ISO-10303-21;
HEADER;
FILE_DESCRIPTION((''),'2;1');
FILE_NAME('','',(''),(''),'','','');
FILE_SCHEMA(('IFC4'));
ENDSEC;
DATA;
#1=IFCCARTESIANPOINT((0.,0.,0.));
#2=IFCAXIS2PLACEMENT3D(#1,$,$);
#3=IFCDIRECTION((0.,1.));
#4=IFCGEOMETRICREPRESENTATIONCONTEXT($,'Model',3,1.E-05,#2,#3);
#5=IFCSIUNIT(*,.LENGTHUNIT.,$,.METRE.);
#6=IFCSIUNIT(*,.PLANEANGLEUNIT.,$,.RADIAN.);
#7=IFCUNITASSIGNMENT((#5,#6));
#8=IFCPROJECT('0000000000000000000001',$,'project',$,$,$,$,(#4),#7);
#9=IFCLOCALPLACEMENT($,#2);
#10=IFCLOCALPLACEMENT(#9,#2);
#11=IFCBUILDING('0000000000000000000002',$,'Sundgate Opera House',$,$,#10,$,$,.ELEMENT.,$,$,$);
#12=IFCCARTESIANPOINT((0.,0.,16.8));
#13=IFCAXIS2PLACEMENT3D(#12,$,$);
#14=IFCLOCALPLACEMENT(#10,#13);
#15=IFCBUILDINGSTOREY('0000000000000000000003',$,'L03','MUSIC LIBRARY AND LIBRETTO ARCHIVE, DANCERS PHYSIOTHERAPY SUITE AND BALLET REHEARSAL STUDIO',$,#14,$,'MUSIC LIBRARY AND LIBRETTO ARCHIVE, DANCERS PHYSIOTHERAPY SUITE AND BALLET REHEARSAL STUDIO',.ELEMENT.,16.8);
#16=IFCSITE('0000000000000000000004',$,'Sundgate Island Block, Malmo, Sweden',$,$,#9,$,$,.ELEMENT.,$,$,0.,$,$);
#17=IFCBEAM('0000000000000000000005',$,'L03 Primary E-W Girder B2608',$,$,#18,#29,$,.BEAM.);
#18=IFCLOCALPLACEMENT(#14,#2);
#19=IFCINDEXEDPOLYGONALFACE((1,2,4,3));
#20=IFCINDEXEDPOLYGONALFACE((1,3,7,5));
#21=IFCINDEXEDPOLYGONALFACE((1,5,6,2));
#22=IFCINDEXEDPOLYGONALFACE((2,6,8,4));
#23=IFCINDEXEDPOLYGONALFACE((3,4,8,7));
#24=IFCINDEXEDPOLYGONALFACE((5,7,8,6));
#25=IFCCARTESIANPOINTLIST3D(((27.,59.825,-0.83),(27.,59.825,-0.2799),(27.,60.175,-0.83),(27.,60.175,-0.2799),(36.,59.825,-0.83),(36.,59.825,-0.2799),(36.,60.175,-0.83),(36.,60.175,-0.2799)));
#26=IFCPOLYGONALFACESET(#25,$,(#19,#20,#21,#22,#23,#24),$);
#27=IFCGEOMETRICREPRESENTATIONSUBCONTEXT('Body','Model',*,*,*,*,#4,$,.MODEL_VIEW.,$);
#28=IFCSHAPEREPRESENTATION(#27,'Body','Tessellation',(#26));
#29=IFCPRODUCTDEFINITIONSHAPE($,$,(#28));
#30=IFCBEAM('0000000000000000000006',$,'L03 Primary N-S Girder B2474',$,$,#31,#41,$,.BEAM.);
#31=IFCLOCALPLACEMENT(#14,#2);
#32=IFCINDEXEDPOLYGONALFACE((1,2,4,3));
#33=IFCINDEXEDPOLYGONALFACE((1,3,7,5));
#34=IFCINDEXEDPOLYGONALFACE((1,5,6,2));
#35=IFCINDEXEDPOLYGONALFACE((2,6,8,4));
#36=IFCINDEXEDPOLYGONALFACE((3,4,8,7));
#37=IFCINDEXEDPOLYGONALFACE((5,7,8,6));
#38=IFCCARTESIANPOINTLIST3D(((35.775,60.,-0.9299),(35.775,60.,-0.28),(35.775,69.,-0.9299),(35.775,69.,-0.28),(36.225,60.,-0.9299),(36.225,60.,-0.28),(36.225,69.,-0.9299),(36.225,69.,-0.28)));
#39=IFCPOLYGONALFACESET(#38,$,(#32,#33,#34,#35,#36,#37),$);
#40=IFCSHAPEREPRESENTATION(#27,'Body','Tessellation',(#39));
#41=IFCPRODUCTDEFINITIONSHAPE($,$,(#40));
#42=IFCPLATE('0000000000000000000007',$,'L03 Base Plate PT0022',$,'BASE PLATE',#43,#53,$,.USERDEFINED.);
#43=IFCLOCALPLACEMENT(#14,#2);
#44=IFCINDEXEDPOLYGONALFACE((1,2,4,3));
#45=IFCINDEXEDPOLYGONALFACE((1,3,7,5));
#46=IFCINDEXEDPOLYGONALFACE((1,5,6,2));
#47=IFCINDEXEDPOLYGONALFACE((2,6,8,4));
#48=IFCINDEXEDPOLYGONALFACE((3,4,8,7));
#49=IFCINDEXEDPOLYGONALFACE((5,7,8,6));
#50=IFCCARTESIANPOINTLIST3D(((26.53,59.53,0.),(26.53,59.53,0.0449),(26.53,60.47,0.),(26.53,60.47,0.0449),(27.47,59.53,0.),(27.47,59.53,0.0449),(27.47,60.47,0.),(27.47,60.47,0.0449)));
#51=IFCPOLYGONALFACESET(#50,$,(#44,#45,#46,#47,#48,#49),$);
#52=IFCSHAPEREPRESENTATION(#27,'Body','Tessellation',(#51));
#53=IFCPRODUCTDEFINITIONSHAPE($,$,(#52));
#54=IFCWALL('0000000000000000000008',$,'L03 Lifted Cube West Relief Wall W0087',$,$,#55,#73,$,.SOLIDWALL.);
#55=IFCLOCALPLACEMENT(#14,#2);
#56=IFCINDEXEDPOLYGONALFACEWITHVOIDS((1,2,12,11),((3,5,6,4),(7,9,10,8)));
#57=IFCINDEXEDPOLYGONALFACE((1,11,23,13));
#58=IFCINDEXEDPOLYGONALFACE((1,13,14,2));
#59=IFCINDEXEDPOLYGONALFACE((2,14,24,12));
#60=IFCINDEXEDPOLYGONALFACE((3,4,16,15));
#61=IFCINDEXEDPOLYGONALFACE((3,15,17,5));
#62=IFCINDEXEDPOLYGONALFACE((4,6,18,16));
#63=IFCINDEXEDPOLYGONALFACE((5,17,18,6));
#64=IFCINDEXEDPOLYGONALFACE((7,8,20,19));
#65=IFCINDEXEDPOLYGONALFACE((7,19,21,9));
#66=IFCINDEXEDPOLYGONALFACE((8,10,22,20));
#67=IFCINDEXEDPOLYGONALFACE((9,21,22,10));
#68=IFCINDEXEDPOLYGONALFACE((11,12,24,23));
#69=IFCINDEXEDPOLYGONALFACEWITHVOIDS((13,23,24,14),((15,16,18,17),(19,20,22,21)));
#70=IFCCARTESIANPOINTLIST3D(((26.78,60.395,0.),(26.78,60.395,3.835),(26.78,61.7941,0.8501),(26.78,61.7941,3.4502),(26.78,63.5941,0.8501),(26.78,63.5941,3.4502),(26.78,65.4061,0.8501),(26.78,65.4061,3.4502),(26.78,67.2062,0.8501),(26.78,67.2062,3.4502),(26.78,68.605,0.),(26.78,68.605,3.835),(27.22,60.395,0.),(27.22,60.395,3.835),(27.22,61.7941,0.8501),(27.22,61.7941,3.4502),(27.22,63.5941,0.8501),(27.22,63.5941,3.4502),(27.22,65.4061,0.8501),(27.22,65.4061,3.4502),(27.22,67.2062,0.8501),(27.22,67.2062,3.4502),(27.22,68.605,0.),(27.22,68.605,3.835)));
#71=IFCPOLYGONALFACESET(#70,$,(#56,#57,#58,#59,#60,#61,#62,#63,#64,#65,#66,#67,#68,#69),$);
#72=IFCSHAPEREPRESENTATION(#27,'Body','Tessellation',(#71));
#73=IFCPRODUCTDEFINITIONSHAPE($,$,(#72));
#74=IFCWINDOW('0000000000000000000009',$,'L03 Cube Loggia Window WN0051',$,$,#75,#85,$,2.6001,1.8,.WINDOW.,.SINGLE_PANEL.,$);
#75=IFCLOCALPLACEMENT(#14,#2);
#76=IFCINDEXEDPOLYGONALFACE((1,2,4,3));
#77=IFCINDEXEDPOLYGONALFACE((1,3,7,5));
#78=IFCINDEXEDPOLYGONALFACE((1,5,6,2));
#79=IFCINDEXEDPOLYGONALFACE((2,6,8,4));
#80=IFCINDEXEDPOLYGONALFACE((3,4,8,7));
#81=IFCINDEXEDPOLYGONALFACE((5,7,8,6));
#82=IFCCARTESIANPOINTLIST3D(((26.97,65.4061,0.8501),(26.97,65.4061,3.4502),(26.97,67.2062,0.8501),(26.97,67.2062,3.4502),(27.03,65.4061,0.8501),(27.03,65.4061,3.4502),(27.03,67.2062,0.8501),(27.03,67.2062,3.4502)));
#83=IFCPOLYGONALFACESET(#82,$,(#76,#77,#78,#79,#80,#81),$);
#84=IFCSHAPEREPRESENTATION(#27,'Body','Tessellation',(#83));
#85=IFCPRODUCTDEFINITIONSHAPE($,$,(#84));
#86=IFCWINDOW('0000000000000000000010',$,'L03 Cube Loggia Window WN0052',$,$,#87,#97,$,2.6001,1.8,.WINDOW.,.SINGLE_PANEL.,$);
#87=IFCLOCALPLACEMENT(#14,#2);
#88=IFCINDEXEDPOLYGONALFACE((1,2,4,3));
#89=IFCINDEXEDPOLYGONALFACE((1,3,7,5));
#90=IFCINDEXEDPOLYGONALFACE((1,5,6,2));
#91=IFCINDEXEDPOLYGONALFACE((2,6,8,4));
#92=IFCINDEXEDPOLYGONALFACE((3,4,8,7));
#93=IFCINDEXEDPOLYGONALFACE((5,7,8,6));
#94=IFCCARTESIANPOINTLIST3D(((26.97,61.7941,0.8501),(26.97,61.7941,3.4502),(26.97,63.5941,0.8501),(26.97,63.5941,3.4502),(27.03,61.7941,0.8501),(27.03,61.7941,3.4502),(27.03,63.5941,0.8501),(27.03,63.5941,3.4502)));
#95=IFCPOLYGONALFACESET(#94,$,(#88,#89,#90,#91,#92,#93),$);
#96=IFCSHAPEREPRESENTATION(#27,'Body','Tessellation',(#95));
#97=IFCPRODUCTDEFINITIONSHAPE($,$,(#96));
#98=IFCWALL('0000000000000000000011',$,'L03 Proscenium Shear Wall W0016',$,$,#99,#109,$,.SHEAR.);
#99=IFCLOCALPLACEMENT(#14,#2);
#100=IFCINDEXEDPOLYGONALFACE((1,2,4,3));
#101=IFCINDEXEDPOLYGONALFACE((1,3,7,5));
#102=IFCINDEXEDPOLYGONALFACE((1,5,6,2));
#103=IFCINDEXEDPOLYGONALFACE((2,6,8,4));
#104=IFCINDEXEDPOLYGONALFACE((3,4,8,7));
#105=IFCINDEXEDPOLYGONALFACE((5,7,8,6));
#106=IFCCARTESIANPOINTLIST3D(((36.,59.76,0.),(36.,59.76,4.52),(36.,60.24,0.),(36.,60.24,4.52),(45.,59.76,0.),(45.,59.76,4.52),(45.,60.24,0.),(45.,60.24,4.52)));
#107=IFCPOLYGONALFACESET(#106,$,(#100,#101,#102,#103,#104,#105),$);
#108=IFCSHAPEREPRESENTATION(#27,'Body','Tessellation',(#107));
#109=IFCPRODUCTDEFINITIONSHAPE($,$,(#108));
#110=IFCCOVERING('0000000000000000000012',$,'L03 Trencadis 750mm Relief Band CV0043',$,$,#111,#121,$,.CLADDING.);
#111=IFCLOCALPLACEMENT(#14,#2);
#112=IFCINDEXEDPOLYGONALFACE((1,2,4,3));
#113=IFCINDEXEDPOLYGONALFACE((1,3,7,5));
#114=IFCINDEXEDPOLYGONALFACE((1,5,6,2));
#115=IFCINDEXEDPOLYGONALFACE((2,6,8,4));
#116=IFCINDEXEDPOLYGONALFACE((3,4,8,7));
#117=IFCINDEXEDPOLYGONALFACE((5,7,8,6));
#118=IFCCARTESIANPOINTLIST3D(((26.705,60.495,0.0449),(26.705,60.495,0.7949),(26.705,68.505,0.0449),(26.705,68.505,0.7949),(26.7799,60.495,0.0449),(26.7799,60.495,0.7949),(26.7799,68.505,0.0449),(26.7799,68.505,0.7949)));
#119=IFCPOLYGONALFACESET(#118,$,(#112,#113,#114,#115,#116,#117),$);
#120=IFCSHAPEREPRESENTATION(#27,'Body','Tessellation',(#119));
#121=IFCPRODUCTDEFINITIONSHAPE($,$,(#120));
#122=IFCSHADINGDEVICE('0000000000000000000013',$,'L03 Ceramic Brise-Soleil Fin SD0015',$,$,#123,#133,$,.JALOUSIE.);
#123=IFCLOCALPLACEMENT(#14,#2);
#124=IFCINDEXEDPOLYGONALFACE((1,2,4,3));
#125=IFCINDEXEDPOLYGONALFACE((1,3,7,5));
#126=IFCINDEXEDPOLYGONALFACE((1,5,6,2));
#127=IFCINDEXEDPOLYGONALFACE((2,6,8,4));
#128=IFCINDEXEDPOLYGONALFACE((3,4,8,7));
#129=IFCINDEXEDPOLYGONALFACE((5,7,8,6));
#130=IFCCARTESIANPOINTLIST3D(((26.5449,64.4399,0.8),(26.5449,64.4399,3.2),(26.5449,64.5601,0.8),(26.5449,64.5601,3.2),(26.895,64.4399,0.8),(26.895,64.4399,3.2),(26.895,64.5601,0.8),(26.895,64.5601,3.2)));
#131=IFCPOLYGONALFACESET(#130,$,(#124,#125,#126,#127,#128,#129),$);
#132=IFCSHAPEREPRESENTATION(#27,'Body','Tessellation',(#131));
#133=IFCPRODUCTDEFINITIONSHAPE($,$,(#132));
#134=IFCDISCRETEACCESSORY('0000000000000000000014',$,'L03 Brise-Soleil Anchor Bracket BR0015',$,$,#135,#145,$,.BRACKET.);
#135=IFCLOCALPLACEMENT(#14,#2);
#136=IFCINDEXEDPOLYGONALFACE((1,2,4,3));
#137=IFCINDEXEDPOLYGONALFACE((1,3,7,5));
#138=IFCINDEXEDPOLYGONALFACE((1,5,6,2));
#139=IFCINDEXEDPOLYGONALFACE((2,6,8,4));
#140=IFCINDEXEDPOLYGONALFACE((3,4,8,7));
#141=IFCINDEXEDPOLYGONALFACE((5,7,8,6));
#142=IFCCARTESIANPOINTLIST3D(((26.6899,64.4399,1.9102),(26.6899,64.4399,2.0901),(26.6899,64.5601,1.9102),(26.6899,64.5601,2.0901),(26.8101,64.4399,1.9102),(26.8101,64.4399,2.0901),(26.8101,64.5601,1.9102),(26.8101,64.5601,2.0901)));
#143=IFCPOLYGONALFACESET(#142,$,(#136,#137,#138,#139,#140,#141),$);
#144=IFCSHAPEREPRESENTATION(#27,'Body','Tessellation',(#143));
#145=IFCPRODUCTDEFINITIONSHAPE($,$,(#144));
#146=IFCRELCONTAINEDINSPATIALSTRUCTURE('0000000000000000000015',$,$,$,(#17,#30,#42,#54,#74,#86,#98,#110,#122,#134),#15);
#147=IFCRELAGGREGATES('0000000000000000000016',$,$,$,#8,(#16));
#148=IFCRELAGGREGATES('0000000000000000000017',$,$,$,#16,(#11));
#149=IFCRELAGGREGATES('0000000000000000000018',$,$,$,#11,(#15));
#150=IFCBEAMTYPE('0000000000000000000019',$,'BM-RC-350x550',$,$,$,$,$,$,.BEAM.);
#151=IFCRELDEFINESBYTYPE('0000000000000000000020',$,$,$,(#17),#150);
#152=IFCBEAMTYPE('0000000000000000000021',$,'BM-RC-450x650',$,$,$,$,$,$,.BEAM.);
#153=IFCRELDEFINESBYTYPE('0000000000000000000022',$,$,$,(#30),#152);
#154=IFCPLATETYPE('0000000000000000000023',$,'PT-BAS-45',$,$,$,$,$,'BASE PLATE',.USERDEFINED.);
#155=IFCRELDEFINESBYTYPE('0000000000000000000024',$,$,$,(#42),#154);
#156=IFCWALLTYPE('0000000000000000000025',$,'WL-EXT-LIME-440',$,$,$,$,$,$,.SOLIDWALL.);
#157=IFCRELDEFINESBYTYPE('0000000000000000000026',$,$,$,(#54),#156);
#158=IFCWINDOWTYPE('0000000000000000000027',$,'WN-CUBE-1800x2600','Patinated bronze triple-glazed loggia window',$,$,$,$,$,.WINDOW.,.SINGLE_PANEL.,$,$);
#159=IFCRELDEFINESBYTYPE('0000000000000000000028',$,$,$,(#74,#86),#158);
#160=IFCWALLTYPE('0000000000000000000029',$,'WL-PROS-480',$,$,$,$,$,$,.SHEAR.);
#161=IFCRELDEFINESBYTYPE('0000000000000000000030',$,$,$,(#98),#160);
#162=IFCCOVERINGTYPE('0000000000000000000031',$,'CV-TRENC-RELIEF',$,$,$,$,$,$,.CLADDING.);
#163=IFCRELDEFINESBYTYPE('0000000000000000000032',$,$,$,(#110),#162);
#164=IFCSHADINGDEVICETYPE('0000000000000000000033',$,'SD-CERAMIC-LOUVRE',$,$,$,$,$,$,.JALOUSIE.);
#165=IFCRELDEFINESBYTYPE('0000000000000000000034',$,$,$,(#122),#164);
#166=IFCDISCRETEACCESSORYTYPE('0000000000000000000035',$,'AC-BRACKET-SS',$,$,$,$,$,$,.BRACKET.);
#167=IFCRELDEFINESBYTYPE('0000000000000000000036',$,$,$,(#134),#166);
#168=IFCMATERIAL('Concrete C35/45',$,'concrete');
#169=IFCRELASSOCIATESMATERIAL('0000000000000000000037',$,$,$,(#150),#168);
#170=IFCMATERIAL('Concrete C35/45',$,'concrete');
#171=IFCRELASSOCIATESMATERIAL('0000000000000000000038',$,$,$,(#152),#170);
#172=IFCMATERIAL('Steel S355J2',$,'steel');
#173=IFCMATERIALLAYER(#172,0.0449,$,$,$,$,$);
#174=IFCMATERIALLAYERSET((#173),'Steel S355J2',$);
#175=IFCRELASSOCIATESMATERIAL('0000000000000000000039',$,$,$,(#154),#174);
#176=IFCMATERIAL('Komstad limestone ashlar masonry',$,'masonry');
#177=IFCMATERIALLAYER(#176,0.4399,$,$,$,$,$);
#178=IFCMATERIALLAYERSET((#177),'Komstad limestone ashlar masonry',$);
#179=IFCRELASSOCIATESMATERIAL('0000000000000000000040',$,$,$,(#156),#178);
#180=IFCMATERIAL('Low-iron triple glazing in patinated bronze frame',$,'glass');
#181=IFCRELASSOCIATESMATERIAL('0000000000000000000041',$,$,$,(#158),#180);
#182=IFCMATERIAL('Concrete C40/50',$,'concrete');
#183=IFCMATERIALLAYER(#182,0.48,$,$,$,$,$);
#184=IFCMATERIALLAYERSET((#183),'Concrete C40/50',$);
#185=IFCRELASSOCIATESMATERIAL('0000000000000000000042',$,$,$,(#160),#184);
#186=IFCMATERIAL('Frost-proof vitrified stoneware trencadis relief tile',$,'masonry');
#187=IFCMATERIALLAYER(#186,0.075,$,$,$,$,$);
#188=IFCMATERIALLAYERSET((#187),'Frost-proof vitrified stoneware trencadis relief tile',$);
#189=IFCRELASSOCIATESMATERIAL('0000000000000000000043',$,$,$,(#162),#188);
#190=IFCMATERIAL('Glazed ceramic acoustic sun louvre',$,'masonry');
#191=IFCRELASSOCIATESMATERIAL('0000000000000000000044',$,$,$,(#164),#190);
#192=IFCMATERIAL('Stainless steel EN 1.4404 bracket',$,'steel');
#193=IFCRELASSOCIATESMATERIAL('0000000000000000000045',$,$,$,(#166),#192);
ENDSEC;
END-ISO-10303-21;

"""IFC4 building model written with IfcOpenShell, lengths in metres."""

from ifc_helpers import new_model, si_unit, direction, frame, frame_2d, origin, origin_2d, place, context, subcontext, project, spatial, rectangle, extrude, material, layer, layer_set, material_profile, profile_set, type_object, element, fill, save


model = new_model("IFC4")

# Units and contexts
model_context = context("Model", 3, precision=1e-05, world=origin(), true_north=direction((0.0, 1.0)))
body_context = subcontext(model_context, "Body", "Model", "MODEL_VIEW")
ifc_project = project(units=[si_unit("LENGTHUNIT", "METRE"), si_unit("PLANEANGLEUNIT", "RADIAN")], contexts=[model_context])

# Site, building, storey
site_placement = place(None, origin())
site = spatial("IfcSite", under=ifc_project, at=site_placement, Name="Sundgate Island Block, Malmo, Sweden", CompositionType="ELEMENT", RefElevation=0.0)
building_placement = place(site_placement, origin())
building = spatial("IfcBuilding", under=site, at=building_placement, Name="Sundgate Opera House", CompositionType="ELEMENT")
storey_placement = place(building_placement, frame((0.0, 0.0, 16.8)))
storey = spatial("IfcBuildingStorey", under=building, at=storey_placement, Name="L03", Description="MUSIC LIBRARY AND LIBRETTO ARCHIVE, DANCERS PHYSIOTHERAPY SUITE AND BALLET REHEARSAL STUDIO", LongName="MUSIC LIBRARY AND LIBRETTO ARCHIVE, DANCERS PHYSIOTHERAPY SUITE AND BALLET REHEARSAL STUDIO", CompositionType="ELEMENT", Elevation=16.8)

# Beams
ifc_material_1 = material(Name="Concrete C35/45", Category="concrete")
ifc_material_profile_1 = material_profile(ifc_material_1, rectangle(XDim=0.3501, YDim=0.55, at=origin_2d()), Name="RC 350x550")
ifc_profile_set_1 = profile_set([ifc_material_profile_1], Name="Concrete C35/45")
beam_type_1 = type_object("IfcBeamType", Name="BM-RC-350x550", PredefinedType="BEAM", material=ifc_profile_set_1)
beam_1_placement = place(storey_placement, frame((27.0, 60.0, -0.5549), z_axis=(1.0, 0.0, 0.0), x_axis=(0.0, 1.0, 0.0)))
element("IfcBeam", 1, at=beam_1_placement, inside=storey, type_object=beam_type_1, Name="L03 Primary E-W Girder B2608", PredefinedType="BEAM", context=body_context, shape_type="SweptSolid", body=[
    extrude(rectangle(XDim=0.3501, YDim=0.55, at=origin_2d()), origin(), (0.0, 0.0, 1.0), 9.0),
])
ifc_material_2 = material(Name="Concrete C35/45", Category="concrete")
ifc_material_profile_2 = material_profile(ifc_material_2, rectangle(XDim=0.45, YDim=0.6499, at=origin_2d()), Name="RC 450x650")
ifc_profile_set_2 = profile_set([ifc_material_profile_2], Name="Concrete C35/45")
beam_type_2 = type_object("IfcBeamType", Name="BM-RC-450x650", PredefinedType="BEAM", material=ifc_profile_set_2)
beam_2_placement = place(storey_placement, frame((36.0, 60.0, -0.605), z_axis=(0.0, 1.0, 0.0), x_axis=(-1.0, 0.0, 0.0)))
element("IfcBeam", 2, at=beam_2_placement, inside=storey, type_object=beam_type_2, Name="L03 Primary N-S Girder B2474", PredefinedType="BEAM", context=body_context, shape_type="SweptSolid", body=[
    extrude(rectangle(XDim=0.45, YDim=0.6499, at=origin_2d()), origin(), (0.0, 0.0, 1.0), 9.0),
])

# Plate
ifc_material_3 = material(Name="Steel S355J2", Category="steel")
ifc_layer_1 = layer(ifc_material_3, 0.0449)
ifc_layer_set_1 = layer_set([ifc_layer_1], Name="Steel S355J2")
plate_type = type_object("IfcPlateType", Name="PT-BAS-45", ElementType="BASE PLATE", PredefinedType="USERDEFINED", material=ifc_layer_set_1)
plate_placement = place(storey_placement, frame((27.0, 60.0, 0.0), z_axis=(0.0, 0.0, 1.0), x_axis=(1.0, 0.0, 0.0)))
element("IfcPlate", 3, at=plate_placement, inside=storey, type_object=plate_type, Name="L03 Base Plate PT0022", ObjectType="BASE PLATE", PredefinedType="USERDEFINED", context=body_context, shape_type="SweptSolid", body=[
    extrude(rectangle(XDim=0.9399, YDim=0.9399, at=origin_2d()), origin(), (0.0, 0.0, 1.0), 0.0449),
])

# Wall, openings, windows
ifc_material_4 = material(Name="Komstad limestone ashlar masonry", Category="masonry")
ifc_layer_2 = layer(ifc_material_4, 0.4399)
ifc_layer_set_2 = layer_set([ifc_layer_2], Name="Komstad limestone ashlar masonry")
wall_type_1 = type_object("IfcWallType", Name="WL-EXT-LIME-440", PredefinedType="SOLIDWALL", material=ifc_layer_set_2)
wall_1_placement = place(storey_placement, frame((27.0, 68.605, 0.0), z_axis=(0.0, 0.0, 1.0), x_axis=(0.0, -1.0, 0.0)))
wall_1 = element("IfcWall", 4, at=wall_1_placement, inside=storey, type_object=wall_type_1, Name="L03 Lifted Cube West Relief Wall W0087", PredefinedType="SOLIDWALL", context=body_context, shape_type="SweptSolid", body=[
    extrude(rectangle(XDim=8.21, YDim=0.4399, at=frame_2d((4.105, 0.0))), origin(), (0.0, 0.0, 1.0), 3.835),
])
opening_1_placement = place(wall_1_placement, frame((1.3989, 0.0, 0.8501)))
opening_1 = element("IfcOpeningElement", 5, at=opening_1_placement, cuts=wall_1, PredefinedType="OPENING", context=body_context, shape_type="SweptSolid", body=[
    extrude(rectangle(XDim=1.8, YDim=2.6001, at=frame_2d((0.8999, 1.3))), frame((0.0, 0.23, 0.0), z_axis=(0.0, -1.0, 0.0), x_axis=(1.0, 0.0, 0.0)), (0.0, 0.0, 1.0), 0.46),
])
opening_2_placement = place(wall_1_placement, frame((5.011, 0.0, 0.8501)))
opening_2 = element("IfcOpeningElement", 6, at=opening_2_placement, cuts=wall_1, PredefinedType="OPENING", context=body_context, shape_type="SweptSolid", body=[
    extrude(rectangle(XDim=1.8, YDim=2.6001, at=frame_2d((0.8999, 1.3))), frame((0.0, 0.23, 0.0), z_axis=(0.0, -1.0, 0.0), x_axis=(1.0, 0.0, 0.0)), (0.0, 0.0, 1.0), 0.46),
])
ifc_material_5 = material(Name="Low-iron triple glazing in patinated bronze frame", Category="glass")
window_type = type_object("IfcWindowType", Name="WN-CUBE-1800x2600", Description="Patinated bronze triple-glazed loggia window", PartitioningType="SINGLE_PANEL", PredefinedType="WINDOW", material=ifc_material_5)
window_1_placement = place(opening_1_placement, origin())
window_1 = element("IfcWindow", 7, at=window_1_placement, inside=storey, type_object=window_type, Name="L03 Cube Loggia Window WN0051", OverallHeight=2.6001, OverallWidth=1.8, PartitioningType="SINGLE_PANEL", PredefinedType="WINDOW", context=body_context, shape_type="SweptSolid", body=[
    extrude(rectangle(XDim=1.8, YDim=2.6001, at=frame_2d((0.8999, 1.3))), frame((0.0, 0.03, 0.0), z_axis=(0.0, -1.0, 0.0), x_axis=(1.0, 0.0, 0.0)), (0.0, 0.0, 1.0), 0.0601),
])
fill(opening_1, window_1)
window_2_placement = place(opening_2_placement, origin())
window_2 = element("IfcWindow", 8, at=window_2_placement, inside=storey, type_object=window_type, Name="L03 Cube Loggia Window WN0052", OverallHeight=2.6001, OverallWidth=1.8, PartitioningType="SINGLE_PANEL", PredefinedType="WINDOW", context=body_context, shape_type="SweptSolid", body=[
    extrude(rectangle(XDim=1.8, YDim=2.6001, at=frame_2d((0.8999, 1.3))), frame((0.0, 0.03, 0.0), z_axis=(0.0, -1.0, 0.0), x_axis=(1.0, 0.0, 0.0)), (0.0, 0.0, 1.0), 0.0601),
])
fill(opening_2, window_2)

# Wall
ifc_material_6 = material(Name="Concrete C40/50", Category="concrete")
ifc_layer_3 = layer(ifc_material_6, 0.48)
ifc_layer_set_3 = layer_set([ifc_layer_3], Name="Concrete C40/50")
wall_type_2 = type_object("IfcWallType", Name="WL-PROS-480", PredefinedType="SHEAR", material=ifc_layer_set_3)
wall_2_placement = place(storey_placement, frame((36.0, 60.0, 0.0), z_axis=(0.0, 0.0, 1.0), x_axis=(1.0, 0.0, 0.0)))
element("IfcWall", 9, at=wall_2_placement, inside=storey, type_object=wall_type_2, Name="L03 Proscenium Shear Wall W0016", PredefinedType="SHEAR", context=body_context, shape_type="SweptSolid", body=[
    extrude(rectangle(XDim=9.0, YDim=0.48, at=frame_2d((4.5, 0.0))), origin(), (0.0, 0.0, 1.0), 4.52),
])

# Covering
ifc_material_7 = material(Name="Frost-proof vitrified stoneware trencadis relief tile", Category="masonry")
ifc_layer_4 = layer(ifc_material_7, 0.075)
ifc_layer_set_4 = layer_set([ifc_layer_4], Name="Frost-proof vitrified stoneware trencadis relief tile")
covering_type = type_object("IfcCoveringType", Name="CV-TRENC-RELIEF", PredefinedType="CLADDING", material=ifc_layer_set_4)
covering_placement = place(storey_placement, frame((26.7424, 64.5, 0.0449), z_axis=(0.0, 0.0, 1.0), x_axis=(0.0, 1.0, 0.0)))
element("IfcCovering", 10, at=covering_placement, inside=storey, type_object=covering_type, Name="L03 Trencadis 750mm Relief Band CV0043", PredefinedType="CLADDING", context=body_context, shape_type="SweptSolid", body=[
    extrude(rectangle(XDim=8.01, YDim=0.075, at=origin_2d()), origin(), (0.0, 0.0, 1.0), 0.75),
])

# Shading device
ifc_material_8 = material(Name="Glazed ceramic acoustic sun louvre", Category="masonry")
shading_device_type = type_object("IfcShadingDeviceType", Name="SD-CERAMIC-LOUVRE", PredefinedType="JALOUSIE", material=ifc_material_8)
shading_device_placement = place(storey_placement, frame((26.72, 64.5, 0.8), z_axis=(0.0, 0.0, 1.0), x_axis=(1.0, 0.0, 0.0)))
element("IfcShadingDevice", 11, at=shading_device_placement, inside=storey, type_object=shading_device_type, Name="L03 Ceramic Brise-Soleil Fin SD0015", PredefinedType="JALOUSIE", context=body_context, shape_type="SweptSolid", body=[
    extrude(rectangle(XDim=0.3501, YDim=0.1201, at=origin_2d()), origin(), (0.0, 0.0, 1.0), 2.3999),
])

# Discrete accessory
ifc_material_9 = material(Name="Stainless steel EN 1.4404 bracket", Category="steel")
discrete_accessory_type = type_object("IfcDiscreteAccessoryType", Name="AC-BRACKET-SS", PredefinedType="BRACKET", material=ifc_material_9)
discrete_accessory_placement = place(storey_placement, frame((26.75, 64.5, 1.9102), z_axis=(0.0, 0.0, 1.0), x_axis=(1.0, 0.0, 0.0)))
element("IfcDiscreteAccessory", 12, at=discrete_accessory_placement, inside=storey, type_object=discrete_accessory_type, Name="L03 Brise-Soleil Anchor Bracket BR0015", PredefinedType="BRACKET", context=body_context, shape_type="SweptSolid", body=[
    extrude(rectangle(XDim=0.1201, YDim=0.1201, at=origin_2d()), origin(), (0.0, 0.0, 1.0), 0.1799),
])

save(model, "model.ifc")
